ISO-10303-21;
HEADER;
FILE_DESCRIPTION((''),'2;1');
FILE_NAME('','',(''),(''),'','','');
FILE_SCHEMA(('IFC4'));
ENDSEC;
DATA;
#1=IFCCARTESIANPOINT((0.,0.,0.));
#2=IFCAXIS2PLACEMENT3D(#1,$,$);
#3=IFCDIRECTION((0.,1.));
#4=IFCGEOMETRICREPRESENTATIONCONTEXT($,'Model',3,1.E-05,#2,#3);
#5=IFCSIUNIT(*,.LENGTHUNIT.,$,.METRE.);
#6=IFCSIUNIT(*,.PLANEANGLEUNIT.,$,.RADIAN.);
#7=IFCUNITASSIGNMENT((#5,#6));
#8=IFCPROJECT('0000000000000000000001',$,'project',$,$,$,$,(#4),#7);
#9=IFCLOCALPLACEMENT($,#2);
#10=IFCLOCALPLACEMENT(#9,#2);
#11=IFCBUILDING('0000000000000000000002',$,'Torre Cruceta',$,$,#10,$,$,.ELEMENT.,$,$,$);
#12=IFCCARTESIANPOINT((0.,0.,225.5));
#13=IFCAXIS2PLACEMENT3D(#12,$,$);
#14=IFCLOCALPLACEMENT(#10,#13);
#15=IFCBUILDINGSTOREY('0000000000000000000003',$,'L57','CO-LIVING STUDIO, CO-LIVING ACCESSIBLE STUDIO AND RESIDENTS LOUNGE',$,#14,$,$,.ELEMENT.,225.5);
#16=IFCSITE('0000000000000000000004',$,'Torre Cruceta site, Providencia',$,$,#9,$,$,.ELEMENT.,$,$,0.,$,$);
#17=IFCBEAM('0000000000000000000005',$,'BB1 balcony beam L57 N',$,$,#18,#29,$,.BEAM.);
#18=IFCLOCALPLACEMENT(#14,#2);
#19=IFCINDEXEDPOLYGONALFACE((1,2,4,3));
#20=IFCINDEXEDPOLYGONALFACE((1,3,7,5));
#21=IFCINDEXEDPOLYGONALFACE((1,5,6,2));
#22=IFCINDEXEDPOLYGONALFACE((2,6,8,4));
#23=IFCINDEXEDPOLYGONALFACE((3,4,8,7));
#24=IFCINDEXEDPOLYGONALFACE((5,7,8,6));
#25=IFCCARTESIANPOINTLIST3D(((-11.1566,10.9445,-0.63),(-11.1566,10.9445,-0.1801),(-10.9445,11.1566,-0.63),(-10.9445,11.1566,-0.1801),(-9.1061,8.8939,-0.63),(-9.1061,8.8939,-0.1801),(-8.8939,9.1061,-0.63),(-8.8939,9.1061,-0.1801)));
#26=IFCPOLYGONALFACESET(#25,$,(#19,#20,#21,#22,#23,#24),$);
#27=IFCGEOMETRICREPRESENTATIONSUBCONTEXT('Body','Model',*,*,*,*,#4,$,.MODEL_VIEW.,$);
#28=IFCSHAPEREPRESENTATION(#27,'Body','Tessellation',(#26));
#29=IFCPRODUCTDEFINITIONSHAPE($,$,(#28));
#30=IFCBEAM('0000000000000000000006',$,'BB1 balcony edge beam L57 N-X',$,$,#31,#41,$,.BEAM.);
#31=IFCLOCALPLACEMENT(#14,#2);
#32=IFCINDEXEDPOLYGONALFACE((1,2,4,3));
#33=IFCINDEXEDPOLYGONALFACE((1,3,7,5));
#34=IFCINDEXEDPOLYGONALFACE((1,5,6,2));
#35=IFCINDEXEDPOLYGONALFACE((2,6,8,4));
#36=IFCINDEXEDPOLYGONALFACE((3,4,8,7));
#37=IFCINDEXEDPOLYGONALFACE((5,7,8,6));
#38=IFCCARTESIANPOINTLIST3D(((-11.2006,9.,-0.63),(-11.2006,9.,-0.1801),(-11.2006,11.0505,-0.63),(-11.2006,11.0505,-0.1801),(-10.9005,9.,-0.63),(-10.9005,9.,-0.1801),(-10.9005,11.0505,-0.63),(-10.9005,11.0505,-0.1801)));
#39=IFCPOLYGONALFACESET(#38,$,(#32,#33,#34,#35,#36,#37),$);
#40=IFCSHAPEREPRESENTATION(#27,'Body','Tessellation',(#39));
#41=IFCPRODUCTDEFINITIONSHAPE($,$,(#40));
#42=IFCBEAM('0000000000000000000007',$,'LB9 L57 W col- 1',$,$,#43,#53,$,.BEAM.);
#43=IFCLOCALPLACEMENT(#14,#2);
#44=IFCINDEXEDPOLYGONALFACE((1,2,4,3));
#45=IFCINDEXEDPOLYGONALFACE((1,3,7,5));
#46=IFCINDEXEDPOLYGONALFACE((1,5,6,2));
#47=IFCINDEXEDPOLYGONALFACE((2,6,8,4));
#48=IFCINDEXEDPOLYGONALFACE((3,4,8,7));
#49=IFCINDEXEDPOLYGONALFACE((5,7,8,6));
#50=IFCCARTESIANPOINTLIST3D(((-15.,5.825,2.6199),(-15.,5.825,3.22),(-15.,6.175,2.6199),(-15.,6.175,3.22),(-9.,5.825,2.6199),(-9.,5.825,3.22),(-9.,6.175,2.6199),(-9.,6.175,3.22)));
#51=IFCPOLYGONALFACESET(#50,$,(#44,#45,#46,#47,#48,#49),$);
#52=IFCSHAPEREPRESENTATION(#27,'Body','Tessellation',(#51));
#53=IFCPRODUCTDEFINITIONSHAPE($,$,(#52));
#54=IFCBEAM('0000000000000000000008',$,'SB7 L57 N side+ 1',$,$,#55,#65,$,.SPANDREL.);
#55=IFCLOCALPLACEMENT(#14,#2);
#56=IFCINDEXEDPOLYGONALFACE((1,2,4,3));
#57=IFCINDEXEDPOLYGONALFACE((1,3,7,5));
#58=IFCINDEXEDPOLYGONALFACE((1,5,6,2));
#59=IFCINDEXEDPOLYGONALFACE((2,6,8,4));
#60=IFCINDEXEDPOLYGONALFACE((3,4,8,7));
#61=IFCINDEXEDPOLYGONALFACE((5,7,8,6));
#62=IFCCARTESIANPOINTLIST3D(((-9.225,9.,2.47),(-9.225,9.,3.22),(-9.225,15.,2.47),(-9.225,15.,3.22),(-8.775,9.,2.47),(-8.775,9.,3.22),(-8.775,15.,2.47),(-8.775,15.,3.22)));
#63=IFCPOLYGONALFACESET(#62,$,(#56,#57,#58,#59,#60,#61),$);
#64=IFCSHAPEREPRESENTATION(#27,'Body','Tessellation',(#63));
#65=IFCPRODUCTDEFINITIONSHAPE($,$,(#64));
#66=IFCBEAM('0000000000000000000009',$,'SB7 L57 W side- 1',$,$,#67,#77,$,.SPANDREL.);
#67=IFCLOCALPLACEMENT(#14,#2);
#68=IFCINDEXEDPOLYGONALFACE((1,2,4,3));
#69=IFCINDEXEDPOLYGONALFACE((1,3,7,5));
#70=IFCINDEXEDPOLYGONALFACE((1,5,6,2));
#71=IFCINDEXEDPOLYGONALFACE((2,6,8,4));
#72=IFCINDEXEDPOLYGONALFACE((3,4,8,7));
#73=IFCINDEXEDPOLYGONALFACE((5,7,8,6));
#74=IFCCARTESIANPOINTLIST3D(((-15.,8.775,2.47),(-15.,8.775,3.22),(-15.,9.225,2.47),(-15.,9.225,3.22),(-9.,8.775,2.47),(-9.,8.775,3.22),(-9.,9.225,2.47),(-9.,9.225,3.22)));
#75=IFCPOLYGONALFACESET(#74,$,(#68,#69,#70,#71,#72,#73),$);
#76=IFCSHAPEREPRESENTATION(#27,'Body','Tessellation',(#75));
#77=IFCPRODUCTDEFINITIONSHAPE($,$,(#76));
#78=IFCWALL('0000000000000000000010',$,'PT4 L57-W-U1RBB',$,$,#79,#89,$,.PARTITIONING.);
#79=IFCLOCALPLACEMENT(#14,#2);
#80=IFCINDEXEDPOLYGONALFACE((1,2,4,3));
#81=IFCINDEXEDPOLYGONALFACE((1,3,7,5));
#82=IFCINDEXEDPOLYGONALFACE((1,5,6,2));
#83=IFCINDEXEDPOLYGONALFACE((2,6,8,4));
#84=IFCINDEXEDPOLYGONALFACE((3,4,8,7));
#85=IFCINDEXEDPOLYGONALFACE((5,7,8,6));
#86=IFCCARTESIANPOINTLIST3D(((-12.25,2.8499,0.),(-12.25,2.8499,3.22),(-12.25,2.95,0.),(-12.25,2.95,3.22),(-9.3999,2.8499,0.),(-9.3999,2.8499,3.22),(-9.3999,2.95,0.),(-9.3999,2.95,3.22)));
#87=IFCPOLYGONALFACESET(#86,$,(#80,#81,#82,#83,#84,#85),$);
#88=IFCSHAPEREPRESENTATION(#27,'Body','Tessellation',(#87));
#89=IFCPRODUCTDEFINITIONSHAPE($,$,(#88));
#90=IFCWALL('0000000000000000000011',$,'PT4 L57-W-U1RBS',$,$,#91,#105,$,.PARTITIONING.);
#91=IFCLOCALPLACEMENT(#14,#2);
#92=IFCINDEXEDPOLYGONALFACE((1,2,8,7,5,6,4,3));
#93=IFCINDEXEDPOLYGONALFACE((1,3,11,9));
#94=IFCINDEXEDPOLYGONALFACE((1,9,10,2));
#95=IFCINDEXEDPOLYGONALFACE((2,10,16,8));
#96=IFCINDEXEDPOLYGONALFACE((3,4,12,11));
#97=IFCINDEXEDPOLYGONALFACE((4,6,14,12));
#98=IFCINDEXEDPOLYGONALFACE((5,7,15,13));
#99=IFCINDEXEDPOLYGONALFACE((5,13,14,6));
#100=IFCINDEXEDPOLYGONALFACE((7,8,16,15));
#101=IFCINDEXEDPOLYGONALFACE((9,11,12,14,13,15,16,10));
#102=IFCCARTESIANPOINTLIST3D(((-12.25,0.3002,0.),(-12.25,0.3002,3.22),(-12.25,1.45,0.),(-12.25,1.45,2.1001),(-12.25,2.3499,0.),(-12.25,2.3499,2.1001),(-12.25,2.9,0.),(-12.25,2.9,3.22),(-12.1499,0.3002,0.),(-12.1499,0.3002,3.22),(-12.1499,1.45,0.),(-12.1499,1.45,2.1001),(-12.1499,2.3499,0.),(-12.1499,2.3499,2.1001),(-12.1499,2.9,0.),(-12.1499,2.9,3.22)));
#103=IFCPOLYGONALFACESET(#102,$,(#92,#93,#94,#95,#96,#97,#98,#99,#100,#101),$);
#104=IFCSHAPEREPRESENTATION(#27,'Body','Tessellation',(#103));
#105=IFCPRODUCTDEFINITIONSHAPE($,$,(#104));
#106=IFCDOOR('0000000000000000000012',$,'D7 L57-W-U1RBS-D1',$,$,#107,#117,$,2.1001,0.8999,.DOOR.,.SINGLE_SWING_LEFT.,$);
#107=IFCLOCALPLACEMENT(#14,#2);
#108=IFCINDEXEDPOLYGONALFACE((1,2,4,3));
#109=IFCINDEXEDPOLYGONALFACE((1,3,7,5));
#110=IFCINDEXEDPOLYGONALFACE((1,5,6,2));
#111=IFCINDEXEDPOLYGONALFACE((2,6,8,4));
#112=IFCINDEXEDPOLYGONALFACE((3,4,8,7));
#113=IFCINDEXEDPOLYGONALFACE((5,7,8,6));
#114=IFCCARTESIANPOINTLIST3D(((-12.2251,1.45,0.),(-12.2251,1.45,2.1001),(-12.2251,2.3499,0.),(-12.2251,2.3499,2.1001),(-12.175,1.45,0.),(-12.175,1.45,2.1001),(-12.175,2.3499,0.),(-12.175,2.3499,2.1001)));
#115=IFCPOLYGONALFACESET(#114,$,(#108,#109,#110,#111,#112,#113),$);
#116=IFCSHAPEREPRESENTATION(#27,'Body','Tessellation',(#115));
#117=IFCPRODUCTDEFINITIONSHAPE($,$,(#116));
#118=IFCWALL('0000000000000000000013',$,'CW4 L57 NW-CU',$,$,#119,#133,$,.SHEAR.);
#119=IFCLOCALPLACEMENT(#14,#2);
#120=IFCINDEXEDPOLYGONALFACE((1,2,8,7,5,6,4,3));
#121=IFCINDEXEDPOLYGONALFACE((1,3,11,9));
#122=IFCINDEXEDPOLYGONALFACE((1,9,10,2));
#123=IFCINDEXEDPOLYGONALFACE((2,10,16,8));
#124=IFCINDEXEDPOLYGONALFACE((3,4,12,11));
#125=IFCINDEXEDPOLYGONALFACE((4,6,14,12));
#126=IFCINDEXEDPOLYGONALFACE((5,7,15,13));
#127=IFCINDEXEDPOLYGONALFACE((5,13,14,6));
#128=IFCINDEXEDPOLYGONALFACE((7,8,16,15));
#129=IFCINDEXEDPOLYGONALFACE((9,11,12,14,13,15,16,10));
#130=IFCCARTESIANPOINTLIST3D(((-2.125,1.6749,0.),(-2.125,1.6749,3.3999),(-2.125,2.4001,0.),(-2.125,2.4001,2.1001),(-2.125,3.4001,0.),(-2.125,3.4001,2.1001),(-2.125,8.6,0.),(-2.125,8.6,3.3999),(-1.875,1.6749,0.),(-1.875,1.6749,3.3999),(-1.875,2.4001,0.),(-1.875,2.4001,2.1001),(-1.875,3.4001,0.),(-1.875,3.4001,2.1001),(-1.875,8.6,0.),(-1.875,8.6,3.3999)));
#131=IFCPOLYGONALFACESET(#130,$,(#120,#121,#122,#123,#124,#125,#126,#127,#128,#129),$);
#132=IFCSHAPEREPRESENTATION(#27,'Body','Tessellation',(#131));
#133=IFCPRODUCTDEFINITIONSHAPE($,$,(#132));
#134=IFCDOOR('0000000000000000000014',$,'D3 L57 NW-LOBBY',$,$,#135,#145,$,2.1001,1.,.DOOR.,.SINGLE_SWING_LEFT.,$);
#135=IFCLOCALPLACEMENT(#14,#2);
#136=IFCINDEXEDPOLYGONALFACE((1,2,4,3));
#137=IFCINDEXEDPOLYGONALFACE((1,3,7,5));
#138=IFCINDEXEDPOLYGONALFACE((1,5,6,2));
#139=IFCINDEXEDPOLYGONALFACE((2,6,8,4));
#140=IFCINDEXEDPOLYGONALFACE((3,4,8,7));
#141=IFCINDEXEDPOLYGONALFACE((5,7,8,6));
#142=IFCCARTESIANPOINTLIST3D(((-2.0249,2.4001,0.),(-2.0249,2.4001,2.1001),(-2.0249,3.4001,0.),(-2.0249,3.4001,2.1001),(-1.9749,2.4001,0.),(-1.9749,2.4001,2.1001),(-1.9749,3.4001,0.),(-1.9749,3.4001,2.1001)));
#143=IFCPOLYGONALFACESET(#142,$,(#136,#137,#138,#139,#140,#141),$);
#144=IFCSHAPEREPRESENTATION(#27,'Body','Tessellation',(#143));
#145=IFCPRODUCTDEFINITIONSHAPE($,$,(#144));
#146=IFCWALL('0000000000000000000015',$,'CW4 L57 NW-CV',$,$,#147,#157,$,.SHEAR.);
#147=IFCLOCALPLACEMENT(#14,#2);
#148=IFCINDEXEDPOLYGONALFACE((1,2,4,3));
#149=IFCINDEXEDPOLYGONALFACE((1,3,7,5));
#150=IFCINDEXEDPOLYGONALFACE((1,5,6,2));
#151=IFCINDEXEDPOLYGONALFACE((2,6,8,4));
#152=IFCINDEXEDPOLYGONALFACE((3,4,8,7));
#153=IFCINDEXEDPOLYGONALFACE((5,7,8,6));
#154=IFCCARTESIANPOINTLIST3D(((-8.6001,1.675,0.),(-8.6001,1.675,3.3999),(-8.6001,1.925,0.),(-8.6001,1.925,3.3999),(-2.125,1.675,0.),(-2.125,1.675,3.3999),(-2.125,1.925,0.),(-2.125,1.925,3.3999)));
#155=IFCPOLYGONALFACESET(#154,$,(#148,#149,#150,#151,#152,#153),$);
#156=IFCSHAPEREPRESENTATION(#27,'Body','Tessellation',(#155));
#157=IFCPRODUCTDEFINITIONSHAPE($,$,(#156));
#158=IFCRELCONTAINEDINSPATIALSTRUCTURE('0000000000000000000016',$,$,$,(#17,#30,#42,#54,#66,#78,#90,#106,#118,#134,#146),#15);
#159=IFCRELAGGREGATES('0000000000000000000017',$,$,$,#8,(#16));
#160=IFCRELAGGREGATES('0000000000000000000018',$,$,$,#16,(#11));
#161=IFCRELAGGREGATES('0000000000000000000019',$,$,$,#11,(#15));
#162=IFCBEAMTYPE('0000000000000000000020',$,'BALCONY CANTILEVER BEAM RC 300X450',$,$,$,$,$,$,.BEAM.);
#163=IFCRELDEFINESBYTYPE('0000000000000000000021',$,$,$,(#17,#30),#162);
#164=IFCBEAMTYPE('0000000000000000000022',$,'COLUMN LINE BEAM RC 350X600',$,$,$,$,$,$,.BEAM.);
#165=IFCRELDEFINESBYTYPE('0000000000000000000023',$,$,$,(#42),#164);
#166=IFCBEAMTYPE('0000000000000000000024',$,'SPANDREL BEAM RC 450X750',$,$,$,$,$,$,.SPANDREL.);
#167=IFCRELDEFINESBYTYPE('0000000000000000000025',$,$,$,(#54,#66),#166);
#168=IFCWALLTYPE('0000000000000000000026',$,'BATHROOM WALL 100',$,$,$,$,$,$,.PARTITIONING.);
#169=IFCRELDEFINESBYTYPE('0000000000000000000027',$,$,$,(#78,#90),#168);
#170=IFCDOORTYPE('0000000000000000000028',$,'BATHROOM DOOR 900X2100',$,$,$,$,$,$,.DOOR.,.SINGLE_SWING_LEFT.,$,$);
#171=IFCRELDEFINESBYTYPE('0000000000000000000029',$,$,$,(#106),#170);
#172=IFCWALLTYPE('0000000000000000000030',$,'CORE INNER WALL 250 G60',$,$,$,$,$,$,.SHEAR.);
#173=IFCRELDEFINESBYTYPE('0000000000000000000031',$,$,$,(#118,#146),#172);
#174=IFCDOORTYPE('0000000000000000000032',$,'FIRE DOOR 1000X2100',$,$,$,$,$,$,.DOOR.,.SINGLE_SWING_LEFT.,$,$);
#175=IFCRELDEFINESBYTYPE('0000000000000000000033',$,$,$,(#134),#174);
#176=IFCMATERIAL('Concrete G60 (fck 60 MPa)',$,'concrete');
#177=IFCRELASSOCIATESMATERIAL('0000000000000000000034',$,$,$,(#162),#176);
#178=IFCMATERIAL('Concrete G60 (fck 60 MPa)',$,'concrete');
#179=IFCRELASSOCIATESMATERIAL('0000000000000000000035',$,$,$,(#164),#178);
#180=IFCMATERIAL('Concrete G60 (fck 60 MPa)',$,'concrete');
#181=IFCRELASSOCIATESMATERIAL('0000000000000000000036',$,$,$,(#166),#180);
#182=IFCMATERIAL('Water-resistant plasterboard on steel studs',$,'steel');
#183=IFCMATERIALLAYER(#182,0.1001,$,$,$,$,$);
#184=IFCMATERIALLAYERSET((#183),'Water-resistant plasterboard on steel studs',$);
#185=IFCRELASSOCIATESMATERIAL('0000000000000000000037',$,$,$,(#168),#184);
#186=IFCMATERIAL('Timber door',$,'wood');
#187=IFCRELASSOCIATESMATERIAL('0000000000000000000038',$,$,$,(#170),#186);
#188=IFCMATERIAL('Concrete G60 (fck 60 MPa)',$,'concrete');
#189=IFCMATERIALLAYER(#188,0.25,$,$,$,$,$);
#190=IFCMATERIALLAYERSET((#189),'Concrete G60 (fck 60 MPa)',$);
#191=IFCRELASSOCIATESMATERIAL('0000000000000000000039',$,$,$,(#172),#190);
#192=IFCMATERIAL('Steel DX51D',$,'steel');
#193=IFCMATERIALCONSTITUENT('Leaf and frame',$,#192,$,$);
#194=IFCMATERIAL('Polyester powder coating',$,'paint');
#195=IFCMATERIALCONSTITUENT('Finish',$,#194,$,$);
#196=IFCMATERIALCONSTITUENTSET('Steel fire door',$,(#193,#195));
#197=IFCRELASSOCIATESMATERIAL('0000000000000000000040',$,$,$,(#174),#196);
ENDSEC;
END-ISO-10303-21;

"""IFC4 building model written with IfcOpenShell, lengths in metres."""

from ifc_helpers import new_model, si_unit, direction, frame, frame_2d, origin, origin_2d, place, context, subcontext, project, spatial, rectangle, extrude, material, layer, layer_set, constituent, constituent_set, material_profile, profile_set, type_object, element, fill, save


model = new_model("IFC4")

# Units and contexts
model_context = context("Model", 3, precision=1e-05, world=origin(), true_north=direction((0.0, 1.0)))
body_context = subcontext(model_context, "Body", "Model", "MODEL_VIEW")
ifc_project = project(units=[si_unit("LENGTHUNIT", "METRE"), si_unit("PLANEANGLEUNIT", "RADIAN")], contexts=[model_context])

# Site, building, storey
site_placement = place(None, origin())
site = spatial("IfcSite", under=ifc_project, at=site_placement, Name="Torre Cruceta site, Providencia", CompositionType="ELEMENT", RefElevation=0.0)
building_placement = place(site_placement, origin())
building = spatial("IfcBuilding", under=site, at=building_placement, Name="Torre Cruceta", CompositionType="ELEMENT")
storey_placement = place(building_placement, frame((0.0, 0.0, 225.5)))
storey = spatial("IfcBuildingStorey", under=building, at=storey_placement, Name="L57", Description="CO-LIVING STUDIO, CO-LIVING ACCESSIBLE STUDIO AND RESIDENTS LOUNGE", CompositionType="ELEMENT", Elevation=225.5)

# Beams
ifc_material_1 = material(Name="Concrete G60 (fck 60 MPa)", Category="concrete")
ifc_material_profile_1 = material_profile(ifc_material_1, rectangle(XDim=0.3, YDim=0.45, at=origin_2d()), Name="RC 300X450")
ifc_profile_set_1 = profile_set([ifc_material_profile_1], Name="Concrete G60 (fck 60 MPa)")
beam_type_1 = type_object("IfcBeamType", Name="BALCONY CANTILEVER BEAM RC 300X450", PredefinedType="BEAM", material=ifc_profile_set_1)
beam_1_placement = place(storey_placement, frame((-9.0, 9.0, -0.405), z_axis=(-0.707107, 0.707107, 0.0), x_axis=(-0.707107, -0.707107, 0.0)))
element("IfcBeam", 1, at=beam_1_placement, inside=storey, type_object=beam_type_1, Name="BB1 balcony beam L57 N", PredefinedType="BEAM", context=body_context, shape_type="SweptSolid", body=[
    extrude(rectangle(XDim=0.3, YDim=0.45, at=origin_2d()), origin(), (0.0, 0.0, 1.0), 2.8999),
])
beam_2_placement = place(storey_placement, frame((-11.0505, 9.0, -0.405), z_axis=(0.0, 1.0, 0.0), x_axis=(-1.0, 0.0, 0.0)))
element("IfcBeam", 2, at=beam_2_placement, inside=storey, type_object=beam_type_1, Name="BB1 balcony edge beam L57 N-X", PredefinedType="BEAM", context=body_context, shape_type="SweptSolid", body=[
    extrude(rectangle(XDim=0.3, YDim=0.45, at=origin_2d()), origin(), (0.0, 0.0, 1.0), 2.0505),
])
ifc_material_2 = material(Name="Concrete G60 (fck 60 MPa)", Category="concrete")
ifc_material_profile_2 = material_profile(ifc_material_2, rectangle(XDim=0.3501, YDim=0.6001, at=origin_2d()), Name="RC 350X600")
ifc_profile_set_2 = profile_set([ifc_material_profile_2], Name="Concrete G60 (fck 60 MPa)")
beam_type_2 = type_object("IfcBeamType", Name="COLUMN LINE BEAM RC 350X600", PredefinedType="BEAM", material=ifc_profile_set_2)
beam_3_placement = place(storey_placement, frame((-9.0, 6.0, 2.9199), z_axis=(-1.0, 0.0, 0.0), x_axis=(0.0, -1.0, 0.0)))
element("IfcBeam", 3, at=beam_3_placement, inside=storey, type_object=beam_type_2, Name="LB9 L57 W col- 1", PredefinedType="BEAM", context=body_context, shape_type="SweptSolid", body=[
    extrude(rectangle(XDim=0.3501, YDim=0.6001, at=origin_2d()), origin(), (0.0, 0.0, 1.0), 6.0),
])
ifc_material_3 = material(Name="Concrete G60 (fck 60 MPa)", Category="concrete")
ifc_material_profile_3 = material_profile(ifc_material_3, rectangle(XDim=0.45, YDim=0.75, at=origin_2d()), Name="RC 450X750")
ifc_profile_set_3 = profile_set([ifc_material_profile_3], Name="Concrete G60 (fck 60 MPa)")
beam_type_3 = type_object("IfcBeamType", Name="SPANDREL BEAM RC 450X750", PredefinedType="SPANDREL", material=ifc_profile_set_3)
for number, where, z_axis, x_axis, name in (
    (4, (-9.0, 9.0, 2.845), (0.0, 1.0, 0.0), (-1.0, 0.0, 0.0), "SB7 L57 N side+ 1"),
    (5, (-9.0, 9.0, 2.845), (-1.0, 0.0, 0.0), (0.0, -1.0, 0.0), "SB7 L57 W side- 1"),
):
    element("IfcBeam", number, at=place(storey_placement, frame(where, z_axis=z_axis, x_axis=x_axis)), inside=storey, type_object=beam_type_3, Name=name, PredefinedType="SPANDREL", context=body_context, shape_type="SweptSolid", body=[
        extrude(rectangle(XDim=0.45, YDim=0.75, at=origin_2d()), origin(), (0.0, 0.0, 1.0), 6.0),
    ])

# Wall
ifc_material_4 = material(Name="Water-resistant plasterboard on steel studs", Category="steel")
ifc_layer_1 = layer(ifc_material_4, 0.1001)
ifc_layer_set_1 = layer_set([ifc_layer_1], Name="Water-resistant plasterboard on steel studs")
wall_type_1 = type_object("IfcWallType", Name="BATHROOM WALL 100", PredefinedType="PARTITIONING", material=ifc_layer_set_1)
wall_1_placement = place(storey_placement, frame((-9.3999, 2.8999, 0.0), z_axis=(0.0, 0.0, 1.0), x_axis=(-1.0, 0.0, 0.0)))
element("IfcWall", 6, at=wall_1_placement, inside=storey, type_object=wall_type_1, Name="PT4 L57-W-U1RBB", PredefinedType="PARTITIONING", context=body_context, shape_type="SweptSolid", body=[
    extrude(rectangle(XDim=2.8501, YDim=0.1001, at=frame_2d((1.425, 0.0))), origin(), (0.0, 0.0, 1.0), 3.22),
])

# Walls, openings, doors
wall_2_placement = place(storey_placement, frame((-12.2, 2.8999, 0.0), z_axis=(0.0, 0.0, 1.0), x_axis=(0.0, -1.0, 0.0)))
wall_2 = element("IfcWall", 7, at=wall_2_placement, inside=storey, type_object=wall_type_1, Name="PT4 L57-W-U1RBS", PredefinedType="PARTITIONING", context=body_context, shape_type="SweptSolid", body=[
    extrude(rectangle(XDim=2.5999, YDim=0.1001, at=frame_2d((1.2998, 0.0))), origin(), (0.0, 0.0, 1.0), 3.22),
])
opening_1_placement = place(wall_2_placement, frame((0.55, 0.0, 0.0)))
opening_1 = element("IfcOpeningElement", 8, at=opening_1_placement, cuts=wall_2, PredefinedType="OPENING", context=body_context, shape_type="SweptSolid", body=[
    extrude(rectangle(XDim=0.8999, YDim=2.1001, at=frame_2d((0.45, 1.05))), frame((0.0, 0.0601, 0.0), z_axis=(0.0, -1.0, 0.0), x_axis=(1.0, 0.0, 0.0)), (0.0, 0.0, 1.0), 0.1201),
])
ifc_material_5 = material(Name="Timber door", Category="wood")
door_type_1 = type_object("IfcDoorType", Name="BATHROOM DOOR 900X2100", OperationType="SINGLE_SWING_LEFT", PredefinedType="DOOR", material=ifc_material_5)
door_1_placement = place(opening_1_placement, origin())
door_1 = element("IfcDoor", 9, at=door_1_placement, inside=storey, type_object=door_type_1, Name="D7 L57-W-U1RBS-D1", OperationType="SINGLE_SWING_LEFT", OverallHeight=2.1001, OverallWidth=0.8999, PredefinedType="DOOR", context=body_context, shape_type="SweptSolid", body=[
    extrude(rectangle(XDim=0.8999, YDim=2.1001, at=frame_2d((0.45, 1.05))), frame((0.0, 0.0249, 0.0), z_axis=(0.0, -1.0, 0.0), x_axis=(1.0, 0.0, 0.0)), (0.0, 0.0, 1.0), 0.05),
])
fill(opening_1, door_1)
ifc_material_6 = material(Name="Concrete G60 (fck 60 MPa)", Category="concrete")
ifc_layer_2 = layer(ifc_material_6, 0.25)
ifc_layer_set_2 = layer_set([ifc_layer_2], Name="Concrete G60 (fck 60 MPa)")
wall_type_2 = type_object("IfcWallType", Name="CORE INNER WALL 250 G60", PredefinedType="SHEAR", material=ifc_layer_set_2)
wall_3_placement = place(storey_placement, frame((-2.0, 1.675, 0.0), z_axis=(0.0, 0.0, 1.0), x_axis=(0.0, 1.0, 0.0)))
wall_3 = element("IfcWall", 10, at=wall_3_placement, inside=storey, type_object=wall_type_2, Name="CW4 L57 NW-CU", PredefinedType="SHEAR", context=body_context, shape_type="SweptSolid", body=[
    extrude(rectangle(XDim=6.925, YDim=0.25, at=frame_2d((3.4624, 0.0))), origin(), (0.0, 0.0, 1.0), 3.3999),
])
opening_2_placement = place(wall_3_placement, frame((0.7251, 0.0, 0.0)))
opening_2 = element("IfcOpeningElement", 11, at=opening_2_placement, cuts=wall_3, PredefinedType="OPENING", context=body_context, shape_type="SweptSolid", body=[
    extrude(rectangle(XDim=1.0, YDim=2.1001, at=frame_2d((0.5, 1.05))), frame((0.0, 0.135, 0.0), z_axis=(0.0, -1.0, 0.0), x_axis=(1.0, 0.0, 0.0)), (0.0, 0.0, 1.0), 0.27),
])
ifc_material_7 = material(Name="Steel DX51D", Category="steel")
ifc_constituent_1 = constituent(ifc_material_7, Name="Leaf and frame")
ifc_material_8 = material(Name="Polyester powder coating", Category="paint")
ifc_constituent_2 = constituent(ifc_material_8, Name="Finish")
ifc_constituent_set_1 = constituent_set(constituents=[ifc_constituent_1, ifc_constituent_2], Name="Steel fire door")
door_type_2 = type_object("IfcDoorType", Name="FIRE DOOR 1000X2100", OperationType="SINGLE_SWING_LEFT", PredefinedType="DOOR", material=ifc_constituent_set_1)
door_2_placement = place(opening_2_placement, origin())
door_2 = element("IfcDoor", 12, at=door_2_placement, inside=storey, type_object=door_type_2, Name="D3 L57 NW-LOBBY", OperationType="SINGLE_SWING_LEFT", OverallHeight=2.1001, OverallWidth=1.0, PredefinedType="DOOR", context=body_context, shape_type="SweptSolid", body=[
    extrude(rectangle(XDim=1.0, YDim=2.1001, at=frame_2d((0.5, 1.05))), frame((0.0, 0.0249, 0.0), z_axis=(0.0, -1.0, 0.0), x_axis=(1.0, 0.0, 0.0)), (0.0, 0.0, 1.0), 0.05),
])
fill(opening_2, door_2)

# Wall
wall_4_placement = place(storey_placement, frame((-2.125, 1.8, 0.0), z_axis=(0.0, 0.0, 1.0), x_axis=(-1.0, 0.0, 0.0)))
element("IfcWall", 13, at=wall_4_placement, inside=storey, type_object=wall_type_2, Name="CW4 L57 NW-CV", PredefinedType="SHEAR", context=body_context, shape_type="SweptSolid", body=[
    extrude(rectangle(XDim=6.4751, YDim=0.25, at=frame_2d((3.2375, 0.0))), origin(), (0.0, 0.0, 1.0), 3.3999),
])

save(model, "model.ifc")
